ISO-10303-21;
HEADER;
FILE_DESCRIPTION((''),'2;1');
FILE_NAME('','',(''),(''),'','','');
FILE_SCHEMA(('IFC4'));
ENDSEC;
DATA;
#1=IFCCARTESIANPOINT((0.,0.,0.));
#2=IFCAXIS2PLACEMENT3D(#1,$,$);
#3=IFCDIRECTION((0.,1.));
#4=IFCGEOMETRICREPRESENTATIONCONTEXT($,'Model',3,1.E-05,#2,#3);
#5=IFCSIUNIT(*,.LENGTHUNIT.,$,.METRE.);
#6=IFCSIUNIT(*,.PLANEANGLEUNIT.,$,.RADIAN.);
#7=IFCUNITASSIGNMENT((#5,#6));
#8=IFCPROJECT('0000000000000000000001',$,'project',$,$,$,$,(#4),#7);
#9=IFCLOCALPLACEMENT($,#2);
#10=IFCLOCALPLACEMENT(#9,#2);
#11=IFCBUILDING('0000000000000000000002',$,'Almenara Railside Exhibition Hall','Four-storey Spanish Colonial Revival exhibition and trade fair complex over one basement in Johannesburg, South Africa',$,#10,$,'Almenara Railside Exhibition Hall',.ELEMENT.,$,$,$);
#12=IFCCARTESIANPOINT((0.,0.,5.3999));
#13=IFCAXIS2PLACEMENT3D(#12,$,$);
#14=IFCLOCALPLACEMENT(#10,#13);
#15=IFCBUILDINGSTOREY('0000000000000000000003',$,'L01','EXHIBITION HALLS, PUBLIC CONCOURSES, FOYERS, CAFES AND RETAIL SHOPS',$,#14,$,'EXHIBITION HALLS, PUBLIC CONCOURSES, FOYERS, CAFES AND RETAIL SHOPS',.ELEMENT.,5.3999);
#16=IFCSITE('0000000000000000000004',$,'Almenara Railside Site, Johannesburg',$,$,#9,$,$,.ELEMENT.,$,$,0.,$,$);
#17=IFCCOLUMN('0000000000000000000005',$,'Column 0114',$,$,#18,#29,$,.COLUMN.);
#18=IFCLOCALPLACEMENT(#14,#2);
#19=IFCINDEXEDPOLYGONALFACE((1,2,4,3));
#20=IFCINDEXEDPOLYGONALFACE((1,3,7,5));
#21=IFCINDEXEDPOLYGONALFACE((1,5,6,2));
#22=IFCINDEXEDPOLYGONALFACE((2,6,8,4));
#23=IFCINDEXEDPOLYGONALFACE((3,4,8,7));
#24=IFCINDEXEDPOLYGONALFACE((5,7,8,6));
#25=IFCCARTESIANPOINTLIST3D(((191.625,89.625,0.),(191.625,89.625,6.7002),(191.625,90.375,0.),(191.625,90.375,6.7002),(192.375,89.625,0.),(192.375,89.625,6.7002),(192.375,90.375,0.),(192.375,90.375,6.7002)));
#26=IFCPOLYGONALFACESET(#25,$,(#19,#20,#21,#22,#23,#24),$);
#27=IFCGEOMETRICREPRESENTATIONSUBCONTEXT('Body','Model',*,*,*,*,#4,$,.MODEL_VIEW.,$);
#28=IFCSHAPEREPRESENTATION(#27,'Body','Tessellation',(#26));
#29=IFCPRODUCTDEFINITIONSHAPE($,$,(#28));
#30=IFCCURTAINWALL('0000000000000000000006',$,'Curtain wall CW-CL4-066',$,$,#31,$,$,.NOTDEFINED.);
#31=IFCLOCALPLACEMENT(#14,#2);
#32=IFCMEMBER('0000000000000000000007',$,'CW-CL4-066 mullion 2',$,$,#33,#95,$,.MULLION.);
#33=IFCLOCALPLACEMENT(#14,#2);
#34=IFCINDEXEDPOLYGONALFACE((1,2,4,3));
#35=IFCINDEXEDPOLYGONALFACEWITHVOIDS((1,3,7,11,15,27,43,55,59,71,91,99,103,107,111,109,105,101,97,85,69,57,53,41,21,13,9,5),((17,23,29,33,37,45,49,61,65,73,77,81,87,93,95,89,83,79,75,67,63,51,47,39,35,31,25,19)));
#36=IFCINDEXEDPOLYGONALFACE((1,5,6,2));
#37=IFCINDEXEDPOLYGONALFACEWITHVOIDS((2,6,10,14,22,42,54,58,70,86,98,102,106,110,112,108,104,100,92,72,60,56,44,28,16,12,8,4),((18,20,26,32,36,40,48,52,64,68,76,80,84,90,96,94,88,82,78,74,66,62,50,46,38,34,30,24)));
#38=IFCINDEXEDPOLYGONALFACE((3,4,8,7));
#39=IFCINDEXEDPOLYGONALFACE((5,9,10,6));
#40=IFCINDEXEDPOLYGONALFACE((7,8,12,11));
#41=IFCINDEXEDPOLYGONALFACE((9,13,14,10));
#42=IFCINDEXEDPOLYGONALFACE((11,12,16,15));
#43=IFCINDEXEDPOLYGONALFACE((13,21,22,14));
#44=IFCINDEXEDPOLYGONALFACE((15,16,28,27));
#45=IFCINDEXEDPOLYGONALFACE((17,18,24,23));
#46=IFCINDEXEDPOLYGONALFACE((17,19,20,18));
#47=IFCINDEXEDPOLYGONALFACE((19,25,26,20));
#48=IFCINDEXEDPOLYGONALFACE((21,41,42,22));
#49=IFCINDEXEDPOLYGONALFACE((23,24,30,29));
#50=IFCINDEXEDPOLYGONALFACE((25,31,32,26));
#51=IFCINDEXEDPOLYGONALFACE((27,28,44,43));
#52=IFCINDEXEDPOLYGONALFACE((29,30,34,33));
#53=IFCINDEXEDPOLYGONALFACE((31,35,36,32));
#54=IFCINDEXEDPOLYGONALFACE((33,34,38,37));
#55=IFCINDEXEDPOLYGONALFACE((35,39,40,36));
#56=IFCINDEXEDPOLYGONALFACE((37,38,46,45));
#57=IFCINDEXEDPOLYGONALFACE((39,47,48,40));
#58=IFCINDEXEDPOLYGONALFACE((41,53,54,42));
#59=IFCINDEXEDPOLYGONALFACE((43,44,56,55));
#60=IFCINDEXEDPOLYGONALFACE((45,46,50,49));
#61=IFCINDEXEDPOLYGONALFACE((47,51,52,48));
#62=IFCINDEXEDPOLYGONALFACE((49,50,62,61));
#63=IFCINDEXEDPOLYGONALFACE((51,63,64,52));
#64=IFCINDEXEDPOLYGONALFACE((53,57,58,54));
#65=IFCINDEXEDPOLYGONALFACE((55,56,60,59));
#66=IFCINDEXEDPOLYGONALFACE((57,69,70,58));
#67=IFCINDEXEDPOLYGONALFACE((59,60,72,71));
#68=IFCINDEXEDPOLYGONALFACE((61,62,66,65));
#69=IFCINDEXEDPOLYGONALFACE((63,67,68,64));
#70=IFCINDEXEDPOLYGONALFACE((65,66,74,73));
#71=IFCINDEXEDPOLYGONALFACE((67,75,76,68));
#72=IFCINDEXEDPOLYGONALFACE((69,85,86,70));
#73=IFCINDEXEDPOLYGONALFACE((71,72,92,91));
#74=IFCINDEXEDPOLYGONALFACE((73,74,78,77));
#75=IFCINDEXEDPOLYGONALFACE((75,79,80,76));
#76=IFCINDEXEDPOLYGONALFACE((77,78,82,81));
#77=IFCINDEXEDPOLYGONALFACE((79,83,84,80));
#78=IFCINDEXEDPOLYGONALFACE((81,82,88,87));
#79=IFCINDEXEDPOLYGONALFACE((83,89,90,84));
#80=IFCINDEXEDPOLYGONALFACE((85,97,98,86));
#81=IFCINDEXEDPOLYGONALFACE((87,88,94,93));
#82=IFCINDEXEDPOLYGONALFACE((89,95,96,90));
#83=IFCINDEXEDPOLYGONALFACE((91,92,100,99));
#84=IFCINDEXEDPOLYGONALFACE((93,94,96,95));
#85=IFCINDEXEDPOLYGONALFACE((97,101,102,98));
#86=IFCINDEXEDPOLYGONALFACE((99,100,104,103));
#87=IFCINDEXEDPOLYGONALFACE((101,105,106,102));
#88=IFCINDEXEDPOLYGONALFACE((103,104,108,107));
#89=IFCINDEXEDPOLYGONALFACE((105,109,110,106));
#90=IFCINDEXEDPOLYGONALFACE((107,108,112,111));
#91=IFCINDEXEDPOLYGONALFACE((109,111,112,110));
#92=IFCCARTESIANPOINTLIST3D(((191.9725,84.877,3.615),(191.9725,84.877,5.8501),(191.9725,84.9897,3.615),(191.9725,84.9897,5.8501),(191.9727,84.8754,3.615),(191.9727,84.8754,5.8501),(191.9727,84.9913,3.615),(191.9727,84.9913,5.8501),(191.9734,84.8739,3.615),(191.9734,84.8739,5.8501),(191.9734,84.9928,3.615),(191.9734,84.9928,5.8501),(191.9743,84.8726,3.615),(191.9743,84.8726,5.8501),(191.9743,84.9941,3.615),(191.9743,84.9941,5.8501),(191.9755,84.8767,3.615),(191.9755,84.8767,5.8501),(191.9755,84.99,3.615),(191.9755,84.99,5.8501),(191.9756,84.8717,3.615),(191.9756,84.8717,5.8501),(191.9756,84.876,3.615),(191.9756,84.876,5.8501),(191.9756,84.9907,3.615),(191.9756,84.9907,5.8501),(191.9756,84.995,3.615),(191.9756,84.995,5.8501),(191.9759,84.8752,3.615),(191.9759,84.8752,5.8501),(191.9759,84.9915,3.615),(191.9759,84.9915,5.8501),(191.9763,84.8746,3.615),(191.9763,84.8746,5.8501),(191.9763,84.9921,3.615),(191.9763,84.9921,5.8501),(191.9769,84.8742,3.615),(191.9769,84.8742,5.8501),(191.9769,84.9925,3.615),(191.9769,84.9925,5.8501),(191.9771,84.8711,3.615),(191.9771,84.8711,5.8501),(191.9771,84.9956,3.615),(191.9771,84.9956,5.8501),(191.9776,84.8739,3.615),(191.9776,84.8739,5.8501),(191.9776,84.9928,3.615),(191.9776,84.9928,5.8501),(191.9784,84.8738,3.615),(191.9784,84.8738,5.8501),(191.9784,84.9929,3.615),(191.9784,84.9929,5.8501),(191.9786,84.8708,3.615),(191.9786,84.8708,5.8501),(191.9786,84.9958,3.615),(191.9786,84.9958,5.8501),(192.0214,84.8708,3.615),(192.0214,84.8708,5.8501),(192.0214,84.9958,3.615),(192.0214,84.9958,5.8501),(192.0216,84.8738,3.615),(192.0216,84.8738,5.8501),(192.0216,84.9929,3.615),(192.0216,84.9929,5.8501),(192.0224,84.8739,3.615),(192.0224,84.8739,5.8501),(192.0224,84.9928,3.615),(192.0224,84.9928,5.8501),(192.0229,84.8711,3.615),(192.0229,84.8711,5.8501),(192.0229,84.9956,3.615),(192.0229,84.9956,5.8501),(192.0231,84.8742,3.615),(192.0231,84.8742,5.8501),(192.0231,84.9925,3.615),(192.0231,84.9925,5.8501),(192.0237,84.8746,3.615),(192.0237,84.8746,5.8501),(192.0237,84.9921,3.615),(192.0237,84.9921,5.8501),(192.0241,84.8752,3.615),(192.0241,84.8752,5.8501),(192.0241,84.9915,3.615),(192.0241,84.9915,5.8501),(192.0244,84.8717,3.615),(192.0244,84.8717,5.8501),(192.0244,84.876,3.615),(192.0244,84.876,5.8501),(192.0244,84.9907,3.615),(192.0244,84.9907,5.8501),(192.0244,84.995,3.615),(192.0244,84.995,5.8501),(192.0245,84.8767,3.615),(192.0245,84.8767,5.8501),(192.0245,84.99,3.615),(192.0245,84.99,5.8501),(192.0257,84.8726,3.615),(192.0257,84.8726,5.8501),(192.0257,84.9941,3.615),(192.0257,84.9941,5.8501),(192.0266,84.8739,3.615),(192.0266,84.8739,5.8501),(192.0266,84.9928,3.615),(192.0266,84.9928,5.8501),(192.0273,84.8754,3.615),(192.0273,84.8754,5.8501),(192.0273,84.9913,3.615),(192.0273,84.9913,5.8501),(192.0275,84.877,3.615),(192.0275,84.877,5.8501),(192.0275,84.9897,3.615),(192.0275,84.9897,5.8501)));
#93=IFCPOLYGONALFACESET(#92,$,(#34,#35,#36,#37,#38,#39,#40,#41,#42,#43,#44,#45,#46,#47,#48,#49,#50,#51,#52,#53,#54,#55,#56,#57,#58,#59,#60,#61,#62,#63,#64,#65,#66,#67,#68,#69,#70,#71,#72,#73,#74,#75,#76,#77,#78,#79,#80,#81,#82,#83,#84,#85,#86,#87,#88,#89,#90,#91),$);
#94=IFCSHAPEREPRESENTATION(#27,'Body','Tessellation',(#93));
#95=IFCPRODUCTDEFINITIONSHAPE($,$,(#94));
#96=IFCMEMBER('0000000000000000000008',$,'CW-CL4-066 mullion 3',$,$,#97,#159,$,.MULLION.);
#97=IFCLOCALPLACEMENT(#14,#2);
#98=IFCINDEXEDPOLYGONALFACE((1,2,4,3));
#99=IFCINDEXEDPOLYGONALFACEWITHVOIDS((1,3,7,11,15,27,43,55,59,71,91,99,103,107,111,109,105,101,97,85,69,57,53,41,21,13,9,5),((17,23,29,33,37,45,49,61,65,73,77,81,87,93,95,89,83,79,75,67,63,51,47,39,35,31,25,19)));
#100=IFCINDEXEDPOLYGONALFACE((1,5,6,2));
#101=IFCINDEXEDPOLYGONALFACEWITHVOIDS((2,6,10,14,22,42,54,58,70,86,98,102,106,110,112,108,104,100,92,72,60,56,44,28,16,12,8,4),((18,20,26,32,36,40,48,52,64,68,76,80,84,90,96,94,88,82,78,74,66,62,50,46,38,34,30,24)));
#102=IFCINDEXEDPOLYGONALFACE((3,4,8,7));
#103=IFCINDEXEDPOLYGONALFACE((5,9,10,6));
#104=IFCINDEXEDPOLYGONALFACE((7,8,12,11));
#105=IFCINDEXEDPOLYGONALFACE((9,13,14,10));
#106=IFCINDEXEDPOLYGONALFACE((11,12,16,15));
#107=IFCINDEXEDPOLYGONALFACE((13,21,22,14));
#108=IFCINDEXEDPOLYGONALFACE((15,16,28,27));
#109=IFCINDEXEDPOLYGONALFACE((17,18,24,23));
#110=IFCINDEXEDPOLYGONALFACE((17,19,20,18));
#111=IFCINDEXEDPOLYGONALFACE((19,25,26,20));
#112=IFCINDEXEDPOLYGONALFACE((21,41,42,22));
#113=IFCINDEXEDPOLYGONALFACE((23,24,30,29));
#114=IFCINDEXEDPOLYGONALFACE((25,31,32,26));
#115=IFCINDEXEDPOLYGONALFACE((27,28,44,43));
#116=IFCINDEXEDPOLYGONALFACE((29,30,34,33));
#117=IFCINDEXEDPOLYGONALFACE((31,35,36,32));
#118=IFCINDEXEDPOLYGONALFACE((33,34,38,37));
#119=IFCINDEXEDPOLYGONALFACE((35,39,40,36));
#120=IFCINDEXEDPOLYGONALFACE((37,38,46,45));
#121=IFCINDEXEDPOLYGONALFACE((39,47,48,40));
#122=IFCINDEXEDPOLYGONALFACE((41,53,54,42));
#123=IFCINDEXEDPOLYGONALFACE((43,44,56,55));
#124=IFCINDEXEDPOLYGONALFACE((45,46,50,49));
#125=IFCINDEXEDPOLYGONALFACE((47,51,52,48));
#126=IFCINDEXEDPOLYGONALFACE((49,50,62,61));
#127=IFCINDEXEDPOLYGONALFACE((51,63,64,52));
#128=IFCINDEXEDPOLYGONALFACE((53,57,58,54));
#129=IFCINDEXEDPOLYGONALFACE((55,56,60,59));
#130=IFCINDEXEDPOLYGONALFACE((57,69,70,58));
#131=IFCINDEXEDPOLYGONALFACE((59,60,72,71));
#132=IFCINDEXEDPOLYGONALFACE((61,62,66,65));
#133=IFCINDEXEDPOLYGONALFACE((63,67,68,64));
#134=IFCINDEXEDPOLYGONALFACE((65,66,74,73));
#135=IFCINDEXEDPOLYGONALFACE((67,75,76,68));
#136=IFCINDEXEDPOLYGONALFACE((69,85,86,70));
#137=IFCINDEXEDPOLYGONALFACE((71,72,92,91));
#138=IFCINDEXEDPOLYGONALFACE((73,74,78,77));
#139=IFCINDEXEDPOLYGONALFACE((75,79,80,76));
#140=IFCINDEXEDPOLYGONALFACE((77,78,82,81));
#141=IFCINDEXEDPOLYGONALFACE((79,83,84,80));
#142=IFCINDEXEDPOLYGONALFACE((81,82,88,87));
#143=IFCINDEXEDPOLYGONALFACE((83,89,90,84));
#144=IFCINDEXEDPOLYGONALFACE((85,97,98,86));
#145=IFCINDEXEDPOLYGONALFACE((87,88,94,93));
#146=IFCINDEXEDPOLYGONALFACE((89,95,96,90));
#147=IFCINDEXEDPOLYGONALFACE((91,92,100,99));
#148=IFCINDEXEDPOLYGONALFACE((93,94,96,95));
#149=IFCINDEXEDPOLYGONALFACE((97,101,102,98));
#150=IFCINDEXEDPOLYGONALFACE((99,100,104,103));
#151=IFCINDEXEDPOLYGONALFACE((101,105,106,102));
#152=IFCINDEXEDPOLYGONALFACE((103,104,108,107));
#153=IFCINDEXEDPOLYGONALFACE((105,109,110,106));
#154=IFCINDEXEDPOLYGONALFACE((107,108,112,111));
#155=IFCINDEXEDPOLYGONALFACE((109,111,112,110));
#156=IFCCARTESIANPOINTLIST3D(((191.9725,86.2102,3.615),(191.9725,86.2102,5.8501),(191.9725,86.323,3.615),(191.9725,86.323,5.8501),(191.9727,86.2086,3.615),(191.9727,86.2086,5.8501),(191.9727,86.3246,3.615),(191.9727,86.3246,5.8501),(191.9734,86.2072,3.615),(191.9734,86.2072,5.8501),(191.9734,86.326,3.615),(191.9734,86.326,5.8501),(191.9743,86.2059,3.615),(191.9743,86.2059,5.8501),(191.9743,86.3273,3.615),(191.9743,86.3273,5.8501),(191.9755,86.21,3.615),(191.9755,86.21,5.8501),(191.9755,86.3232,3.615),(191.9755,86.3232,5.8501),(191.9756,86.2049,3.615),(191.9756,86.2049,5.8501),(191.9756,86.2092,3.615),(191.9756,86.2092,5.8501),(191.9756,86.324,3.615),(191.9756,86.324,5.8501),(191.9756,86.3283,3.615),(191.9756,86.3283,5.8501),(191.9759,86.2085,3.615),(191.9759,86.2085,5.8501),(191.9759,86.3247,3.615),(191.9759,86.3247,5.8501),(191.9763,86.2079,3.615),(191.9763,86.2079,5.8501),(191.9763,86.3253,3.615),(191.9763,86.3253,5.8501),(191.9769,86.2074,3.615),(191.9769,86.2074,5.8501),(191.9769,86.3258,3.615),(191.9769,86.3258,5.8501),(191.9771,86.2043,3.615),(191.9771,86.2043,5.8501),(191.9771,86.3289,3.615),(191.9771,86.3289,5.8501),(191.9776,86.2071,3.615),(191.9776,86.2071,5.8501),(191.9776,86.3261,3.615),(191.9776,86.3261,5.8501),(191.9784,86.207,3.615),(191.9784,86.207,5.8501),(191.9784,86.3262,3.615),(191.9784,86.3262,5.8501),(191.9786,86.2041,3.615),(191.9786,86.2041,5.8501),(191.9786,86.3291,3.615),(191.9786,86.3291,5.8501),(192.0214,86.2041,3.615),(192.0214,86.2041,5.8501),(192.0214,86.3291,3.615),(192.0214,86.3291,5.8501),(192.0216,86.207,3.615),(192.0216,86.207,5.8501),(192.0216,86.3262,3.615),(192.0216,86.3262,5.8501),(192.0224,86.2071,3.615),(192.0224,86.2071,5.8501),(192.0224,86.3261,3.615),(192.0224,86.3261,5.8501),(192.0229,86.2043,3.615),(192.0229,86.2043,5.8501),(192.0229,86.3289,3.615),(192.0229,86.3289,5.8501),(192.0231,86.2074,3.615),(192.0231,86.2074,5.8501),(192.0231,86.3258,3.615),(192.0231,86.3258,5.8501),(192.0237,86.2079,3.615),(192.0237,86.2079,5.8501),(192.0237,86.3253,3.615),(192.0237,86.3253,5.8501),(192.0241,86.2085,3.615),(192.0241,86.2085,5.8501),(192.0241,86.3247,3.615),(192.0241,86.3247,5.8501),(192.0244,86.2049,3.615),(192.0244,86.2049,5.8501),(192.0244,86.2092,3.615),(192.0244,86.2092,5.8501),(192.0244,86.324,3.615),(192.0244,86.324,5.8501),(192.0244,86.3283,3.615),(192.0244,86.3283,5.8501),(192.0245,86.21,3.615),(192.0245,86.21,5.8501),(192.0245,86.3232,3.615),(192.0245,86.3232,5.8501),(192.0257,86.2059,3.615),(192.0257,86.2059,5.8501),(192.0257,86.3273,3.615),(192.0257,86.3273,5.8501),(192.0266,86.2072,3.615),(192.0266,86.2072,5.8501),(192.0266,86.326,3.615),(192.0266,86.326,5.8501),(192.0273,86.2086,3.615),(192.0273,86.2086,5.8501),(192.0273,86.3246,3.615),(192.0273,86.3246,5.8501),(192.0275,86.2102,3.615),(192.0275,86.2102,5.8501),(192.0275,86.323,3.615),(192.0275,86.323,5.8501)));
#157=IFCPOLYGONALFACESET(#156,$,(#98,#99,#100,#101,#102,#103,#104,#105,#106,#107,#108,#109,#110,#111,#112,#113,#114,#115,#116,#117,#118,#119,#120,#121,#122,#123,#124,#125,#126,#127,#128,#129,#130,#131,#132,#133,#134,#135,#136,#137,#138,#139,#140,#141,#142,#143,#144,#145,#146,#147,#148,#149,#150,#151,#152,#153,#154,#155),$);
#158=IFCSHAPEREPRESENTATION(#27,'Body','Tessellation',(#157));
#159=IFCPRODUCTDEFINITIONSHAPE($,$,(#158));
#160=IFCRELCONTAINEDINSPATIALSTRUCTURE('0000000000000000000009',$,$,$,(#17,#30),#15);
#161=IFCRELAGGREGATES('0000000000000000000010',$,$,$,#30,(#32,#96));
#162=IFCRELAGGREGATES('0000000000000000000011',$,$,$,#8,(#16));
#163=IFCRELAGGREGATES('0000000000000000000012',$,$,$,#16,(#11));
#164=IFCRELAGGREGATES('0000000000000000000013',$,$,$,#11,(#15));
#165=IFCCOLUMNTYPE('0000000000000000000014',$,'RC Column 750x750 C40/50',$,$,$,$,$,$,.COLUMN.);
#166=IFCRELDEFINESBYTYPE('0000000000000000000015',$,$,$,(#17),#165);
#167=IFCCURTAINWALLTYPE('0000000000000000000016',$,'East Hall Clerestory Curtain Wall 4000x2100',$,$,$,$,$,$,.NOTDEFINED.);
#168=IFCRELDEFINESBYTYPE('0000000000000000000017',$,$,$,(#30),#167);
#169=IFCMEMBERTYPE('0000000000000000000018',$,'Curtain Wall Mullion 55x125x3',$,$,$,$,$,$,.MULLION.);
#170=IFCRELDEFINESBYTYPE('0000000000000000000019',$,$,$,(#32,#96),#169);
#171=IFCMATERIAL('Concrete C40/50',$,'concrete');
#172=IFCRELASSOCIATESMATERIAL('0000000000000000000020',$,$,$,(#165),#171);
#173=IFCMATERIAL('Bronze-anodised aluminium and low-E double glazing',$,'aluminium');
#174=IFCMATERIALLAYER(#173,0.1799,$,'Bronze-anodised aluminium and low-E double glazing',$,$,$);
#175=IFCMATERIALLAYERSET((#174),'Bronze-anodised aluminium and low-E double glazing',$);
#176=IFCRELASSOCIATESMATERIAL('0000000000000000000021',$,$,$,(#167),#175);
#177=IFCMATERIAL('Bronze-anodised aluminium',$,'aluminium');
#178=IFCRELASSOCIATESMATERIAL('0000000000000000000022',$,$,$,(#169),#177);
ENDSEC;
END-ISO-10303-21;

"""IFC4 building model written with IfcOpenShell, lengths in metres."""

from ifc_helpers import new_model, si_unit, direction, frame, origin, origin_2d, place, context, subcontext, project, spatial, rectangle, hollow_rectangle, extrude, material, layer, layer_set, material_profile, profile_set, type_object, element, aggregate, save


model = new_model("IFC4")

# Units and contexts
model_context = context("Model", 3, precision=1e-05, world=origin(), true_north=direction((0.0, 1.0)))
body_context = subcontext(model_context, "Body", "Model", "MODEL_VIEW")
ifc_project = project(units=[si_unit("LENGTHUNIT", "METRE"), si_unit("PLANEANGLEUNIT", "RADIAN")], contexts=[model_context])

# Site, building, storey
site_placement = place(None, origin())
site = spatial("IfcSite", under=ifc_project, at=site_placement, Name="Almenara Railside Site, Johannesburg", CompositionType="ELEMENT", RefElevation=0.0)
building_placement = place(site_placement, origin())
building = spatial("IfcBuilding", under=site, at=building_placement, Name="Almenara Railside Exhibition Hall", Description="Four-storey Spanish Colonial Revival exhibition and trade fair complex over one basement in Johannesburg, South Africa", LongName="Almenara Railside Exhibition Hall", CompositionType="ELEMENT")
storey_placement = place(building_placement, frame((0.0, 0.0, 5.3999)))
storey = spatial("IfcBuildingStorey", under=building, at=storey_placement, Name="L01", Description="EXHIBITION HALLS, PUBLIC CONCOURSES, FOYERS, CAFES AND RETAIL SHOPS", LongName="EXHIBITION HALLS, PUBLIC CONCOURSES, FOYERS, CAFES AND RETAIL SHOPS", CompositionType="ELEMENT", Elevation=5.3999)

# Column
ifc_material_1 = material(Name="Concrete C40/50", Category="concrete")
ifc_material_profile_1 = material_profile(ifc_material_1, rectangle(XDim=0.75, YDim=0.75, at=origin_2d()), Name="RC 750x750")
ifc_profile_set_1 = profile_set([ifc_material_profile_1], Name="Concrete C40/50")
column_type = type_object("IfcColumnType", Name="RC Column 750x750 C40/50", PredefinedType="COLUMN", material=ifc_profile_set_1)
column_placement = place(storey_placement, frame((192.0, 90.0, 0.0), z_axis=(0.0, 0.0, 1.0), x_axis=(1.0, 0.0, 0.0)))
element("IfcColumn", 1, at=column_placement, inside=storey, type_object=column_type, Name="Column 0114", PredefinedType="COLUMN", context=body_context, shape_type="SweptSolid", body=[
    extrude(rectangle(XDim=0.75, YDim=0.75, at=origin_2d()), origin(), (0.0, 0.0, 1.0), 6.7002),
])

# Curtain wall, members
ifc_material_2 = material(Name="Bronze-anodised aluminium and low-E double glazing", Category="aluminium")
ifc_layer_1 = layer(ifc_material_2, 0.1799, Name="Bronze-anodised aluminium and low-E double glazing")
ifc_layer_set_1 = layer_set([ifc_layer_1], Name="Bronze-anodised aluminium and low-E double glazing")
curtain_wall_type = type_object("IfcCurtainWallType", Name="East Hall Clerestory Curtain Wall 4000x2100", PredefinedType="NOTDEFINED", material=ifc_layer_set_1)
curtain_wall_placement = place(storey_placement, origin())
curtain_wall = element("IfcCurtainWall", 2, at=curtain_wall_placement, inside=storey, type_object=curtain_wall_type, Name="Curtain wall CW-CL4-066", PredefinedType="NOTDEFINED")
ifc_material_3 = material(Name="Bronze-anodised aluminium", Category="aluminium")
ifc_material_profile_2 = material_profile(ifc_material_3, hollow_rectangle(XDim=0.0549, YDim=0.125, WallThickness=0.0029, InnerFilletRadius=0.0029, OuterFilletRadius=0.0061, at=origin_2d()), Name="ALU-MUL 55x125x3")
ifc_profile_set_2 = profile_set([ifc_material_profile_2], Name="Bronze-anodised aluminium")
member_type_1 = type_object("IfcMemberType", Name="Curtain Wall Mullion 55x125x3", PredefinedType="MULLION", material=ifc_profile_set_2)
member_1_placement = place(storey_placement, frame((192.0, 84.9333, 3.615), z_axis=(0.0, 0.0, 1.0), x_axis=(-1.0, 0.0, 0.0)))
member_1 = element("IfcMember", 3, at=member_1_placement, type_object=member_type_1, Name="CW-CL4-066 mullion 2", PredefinedType="MULLION", context=body_context, shape_type="SweptSolid", body=[
    extrude(hollow_rectangle(XDim=0.0549, YDim=0.125, WallThickness=0.0029, InnerFilletRadius=0.0029, OuterFilletRadius=0.0061, at=origin_2d()), origin(), (0.0, 0.0, 1.0), 2.2351),
])
member_2_placement = place(storey_placement, frame((192.0, 86.2666, 3.615), z_axis=(0.0, 0.0, 1.0), x_axis=(-1.0, 0.0, 0.0)))
member_2 = element("IfcMember", 4, at=member_2_placement, type_object=member_type_1, Name="CW-CL4-066 mullion 3", PredefinedType="MULLION", context=body_context, shape_type="SweptSolid", body=[
    extrude(hollow_rectangle(XDim=0.0549, YDim=0.125, WallThickness=0.0029, InnerFilletRadius=0.0029, OuterFilletRadius=0.0061, at=origin_2d()), origin(), (0.0, 0.0, 1.0), 2.2351),
])
aggregate(curtain_wall, [member_1, member_2])

save(model, "model.ifc")
